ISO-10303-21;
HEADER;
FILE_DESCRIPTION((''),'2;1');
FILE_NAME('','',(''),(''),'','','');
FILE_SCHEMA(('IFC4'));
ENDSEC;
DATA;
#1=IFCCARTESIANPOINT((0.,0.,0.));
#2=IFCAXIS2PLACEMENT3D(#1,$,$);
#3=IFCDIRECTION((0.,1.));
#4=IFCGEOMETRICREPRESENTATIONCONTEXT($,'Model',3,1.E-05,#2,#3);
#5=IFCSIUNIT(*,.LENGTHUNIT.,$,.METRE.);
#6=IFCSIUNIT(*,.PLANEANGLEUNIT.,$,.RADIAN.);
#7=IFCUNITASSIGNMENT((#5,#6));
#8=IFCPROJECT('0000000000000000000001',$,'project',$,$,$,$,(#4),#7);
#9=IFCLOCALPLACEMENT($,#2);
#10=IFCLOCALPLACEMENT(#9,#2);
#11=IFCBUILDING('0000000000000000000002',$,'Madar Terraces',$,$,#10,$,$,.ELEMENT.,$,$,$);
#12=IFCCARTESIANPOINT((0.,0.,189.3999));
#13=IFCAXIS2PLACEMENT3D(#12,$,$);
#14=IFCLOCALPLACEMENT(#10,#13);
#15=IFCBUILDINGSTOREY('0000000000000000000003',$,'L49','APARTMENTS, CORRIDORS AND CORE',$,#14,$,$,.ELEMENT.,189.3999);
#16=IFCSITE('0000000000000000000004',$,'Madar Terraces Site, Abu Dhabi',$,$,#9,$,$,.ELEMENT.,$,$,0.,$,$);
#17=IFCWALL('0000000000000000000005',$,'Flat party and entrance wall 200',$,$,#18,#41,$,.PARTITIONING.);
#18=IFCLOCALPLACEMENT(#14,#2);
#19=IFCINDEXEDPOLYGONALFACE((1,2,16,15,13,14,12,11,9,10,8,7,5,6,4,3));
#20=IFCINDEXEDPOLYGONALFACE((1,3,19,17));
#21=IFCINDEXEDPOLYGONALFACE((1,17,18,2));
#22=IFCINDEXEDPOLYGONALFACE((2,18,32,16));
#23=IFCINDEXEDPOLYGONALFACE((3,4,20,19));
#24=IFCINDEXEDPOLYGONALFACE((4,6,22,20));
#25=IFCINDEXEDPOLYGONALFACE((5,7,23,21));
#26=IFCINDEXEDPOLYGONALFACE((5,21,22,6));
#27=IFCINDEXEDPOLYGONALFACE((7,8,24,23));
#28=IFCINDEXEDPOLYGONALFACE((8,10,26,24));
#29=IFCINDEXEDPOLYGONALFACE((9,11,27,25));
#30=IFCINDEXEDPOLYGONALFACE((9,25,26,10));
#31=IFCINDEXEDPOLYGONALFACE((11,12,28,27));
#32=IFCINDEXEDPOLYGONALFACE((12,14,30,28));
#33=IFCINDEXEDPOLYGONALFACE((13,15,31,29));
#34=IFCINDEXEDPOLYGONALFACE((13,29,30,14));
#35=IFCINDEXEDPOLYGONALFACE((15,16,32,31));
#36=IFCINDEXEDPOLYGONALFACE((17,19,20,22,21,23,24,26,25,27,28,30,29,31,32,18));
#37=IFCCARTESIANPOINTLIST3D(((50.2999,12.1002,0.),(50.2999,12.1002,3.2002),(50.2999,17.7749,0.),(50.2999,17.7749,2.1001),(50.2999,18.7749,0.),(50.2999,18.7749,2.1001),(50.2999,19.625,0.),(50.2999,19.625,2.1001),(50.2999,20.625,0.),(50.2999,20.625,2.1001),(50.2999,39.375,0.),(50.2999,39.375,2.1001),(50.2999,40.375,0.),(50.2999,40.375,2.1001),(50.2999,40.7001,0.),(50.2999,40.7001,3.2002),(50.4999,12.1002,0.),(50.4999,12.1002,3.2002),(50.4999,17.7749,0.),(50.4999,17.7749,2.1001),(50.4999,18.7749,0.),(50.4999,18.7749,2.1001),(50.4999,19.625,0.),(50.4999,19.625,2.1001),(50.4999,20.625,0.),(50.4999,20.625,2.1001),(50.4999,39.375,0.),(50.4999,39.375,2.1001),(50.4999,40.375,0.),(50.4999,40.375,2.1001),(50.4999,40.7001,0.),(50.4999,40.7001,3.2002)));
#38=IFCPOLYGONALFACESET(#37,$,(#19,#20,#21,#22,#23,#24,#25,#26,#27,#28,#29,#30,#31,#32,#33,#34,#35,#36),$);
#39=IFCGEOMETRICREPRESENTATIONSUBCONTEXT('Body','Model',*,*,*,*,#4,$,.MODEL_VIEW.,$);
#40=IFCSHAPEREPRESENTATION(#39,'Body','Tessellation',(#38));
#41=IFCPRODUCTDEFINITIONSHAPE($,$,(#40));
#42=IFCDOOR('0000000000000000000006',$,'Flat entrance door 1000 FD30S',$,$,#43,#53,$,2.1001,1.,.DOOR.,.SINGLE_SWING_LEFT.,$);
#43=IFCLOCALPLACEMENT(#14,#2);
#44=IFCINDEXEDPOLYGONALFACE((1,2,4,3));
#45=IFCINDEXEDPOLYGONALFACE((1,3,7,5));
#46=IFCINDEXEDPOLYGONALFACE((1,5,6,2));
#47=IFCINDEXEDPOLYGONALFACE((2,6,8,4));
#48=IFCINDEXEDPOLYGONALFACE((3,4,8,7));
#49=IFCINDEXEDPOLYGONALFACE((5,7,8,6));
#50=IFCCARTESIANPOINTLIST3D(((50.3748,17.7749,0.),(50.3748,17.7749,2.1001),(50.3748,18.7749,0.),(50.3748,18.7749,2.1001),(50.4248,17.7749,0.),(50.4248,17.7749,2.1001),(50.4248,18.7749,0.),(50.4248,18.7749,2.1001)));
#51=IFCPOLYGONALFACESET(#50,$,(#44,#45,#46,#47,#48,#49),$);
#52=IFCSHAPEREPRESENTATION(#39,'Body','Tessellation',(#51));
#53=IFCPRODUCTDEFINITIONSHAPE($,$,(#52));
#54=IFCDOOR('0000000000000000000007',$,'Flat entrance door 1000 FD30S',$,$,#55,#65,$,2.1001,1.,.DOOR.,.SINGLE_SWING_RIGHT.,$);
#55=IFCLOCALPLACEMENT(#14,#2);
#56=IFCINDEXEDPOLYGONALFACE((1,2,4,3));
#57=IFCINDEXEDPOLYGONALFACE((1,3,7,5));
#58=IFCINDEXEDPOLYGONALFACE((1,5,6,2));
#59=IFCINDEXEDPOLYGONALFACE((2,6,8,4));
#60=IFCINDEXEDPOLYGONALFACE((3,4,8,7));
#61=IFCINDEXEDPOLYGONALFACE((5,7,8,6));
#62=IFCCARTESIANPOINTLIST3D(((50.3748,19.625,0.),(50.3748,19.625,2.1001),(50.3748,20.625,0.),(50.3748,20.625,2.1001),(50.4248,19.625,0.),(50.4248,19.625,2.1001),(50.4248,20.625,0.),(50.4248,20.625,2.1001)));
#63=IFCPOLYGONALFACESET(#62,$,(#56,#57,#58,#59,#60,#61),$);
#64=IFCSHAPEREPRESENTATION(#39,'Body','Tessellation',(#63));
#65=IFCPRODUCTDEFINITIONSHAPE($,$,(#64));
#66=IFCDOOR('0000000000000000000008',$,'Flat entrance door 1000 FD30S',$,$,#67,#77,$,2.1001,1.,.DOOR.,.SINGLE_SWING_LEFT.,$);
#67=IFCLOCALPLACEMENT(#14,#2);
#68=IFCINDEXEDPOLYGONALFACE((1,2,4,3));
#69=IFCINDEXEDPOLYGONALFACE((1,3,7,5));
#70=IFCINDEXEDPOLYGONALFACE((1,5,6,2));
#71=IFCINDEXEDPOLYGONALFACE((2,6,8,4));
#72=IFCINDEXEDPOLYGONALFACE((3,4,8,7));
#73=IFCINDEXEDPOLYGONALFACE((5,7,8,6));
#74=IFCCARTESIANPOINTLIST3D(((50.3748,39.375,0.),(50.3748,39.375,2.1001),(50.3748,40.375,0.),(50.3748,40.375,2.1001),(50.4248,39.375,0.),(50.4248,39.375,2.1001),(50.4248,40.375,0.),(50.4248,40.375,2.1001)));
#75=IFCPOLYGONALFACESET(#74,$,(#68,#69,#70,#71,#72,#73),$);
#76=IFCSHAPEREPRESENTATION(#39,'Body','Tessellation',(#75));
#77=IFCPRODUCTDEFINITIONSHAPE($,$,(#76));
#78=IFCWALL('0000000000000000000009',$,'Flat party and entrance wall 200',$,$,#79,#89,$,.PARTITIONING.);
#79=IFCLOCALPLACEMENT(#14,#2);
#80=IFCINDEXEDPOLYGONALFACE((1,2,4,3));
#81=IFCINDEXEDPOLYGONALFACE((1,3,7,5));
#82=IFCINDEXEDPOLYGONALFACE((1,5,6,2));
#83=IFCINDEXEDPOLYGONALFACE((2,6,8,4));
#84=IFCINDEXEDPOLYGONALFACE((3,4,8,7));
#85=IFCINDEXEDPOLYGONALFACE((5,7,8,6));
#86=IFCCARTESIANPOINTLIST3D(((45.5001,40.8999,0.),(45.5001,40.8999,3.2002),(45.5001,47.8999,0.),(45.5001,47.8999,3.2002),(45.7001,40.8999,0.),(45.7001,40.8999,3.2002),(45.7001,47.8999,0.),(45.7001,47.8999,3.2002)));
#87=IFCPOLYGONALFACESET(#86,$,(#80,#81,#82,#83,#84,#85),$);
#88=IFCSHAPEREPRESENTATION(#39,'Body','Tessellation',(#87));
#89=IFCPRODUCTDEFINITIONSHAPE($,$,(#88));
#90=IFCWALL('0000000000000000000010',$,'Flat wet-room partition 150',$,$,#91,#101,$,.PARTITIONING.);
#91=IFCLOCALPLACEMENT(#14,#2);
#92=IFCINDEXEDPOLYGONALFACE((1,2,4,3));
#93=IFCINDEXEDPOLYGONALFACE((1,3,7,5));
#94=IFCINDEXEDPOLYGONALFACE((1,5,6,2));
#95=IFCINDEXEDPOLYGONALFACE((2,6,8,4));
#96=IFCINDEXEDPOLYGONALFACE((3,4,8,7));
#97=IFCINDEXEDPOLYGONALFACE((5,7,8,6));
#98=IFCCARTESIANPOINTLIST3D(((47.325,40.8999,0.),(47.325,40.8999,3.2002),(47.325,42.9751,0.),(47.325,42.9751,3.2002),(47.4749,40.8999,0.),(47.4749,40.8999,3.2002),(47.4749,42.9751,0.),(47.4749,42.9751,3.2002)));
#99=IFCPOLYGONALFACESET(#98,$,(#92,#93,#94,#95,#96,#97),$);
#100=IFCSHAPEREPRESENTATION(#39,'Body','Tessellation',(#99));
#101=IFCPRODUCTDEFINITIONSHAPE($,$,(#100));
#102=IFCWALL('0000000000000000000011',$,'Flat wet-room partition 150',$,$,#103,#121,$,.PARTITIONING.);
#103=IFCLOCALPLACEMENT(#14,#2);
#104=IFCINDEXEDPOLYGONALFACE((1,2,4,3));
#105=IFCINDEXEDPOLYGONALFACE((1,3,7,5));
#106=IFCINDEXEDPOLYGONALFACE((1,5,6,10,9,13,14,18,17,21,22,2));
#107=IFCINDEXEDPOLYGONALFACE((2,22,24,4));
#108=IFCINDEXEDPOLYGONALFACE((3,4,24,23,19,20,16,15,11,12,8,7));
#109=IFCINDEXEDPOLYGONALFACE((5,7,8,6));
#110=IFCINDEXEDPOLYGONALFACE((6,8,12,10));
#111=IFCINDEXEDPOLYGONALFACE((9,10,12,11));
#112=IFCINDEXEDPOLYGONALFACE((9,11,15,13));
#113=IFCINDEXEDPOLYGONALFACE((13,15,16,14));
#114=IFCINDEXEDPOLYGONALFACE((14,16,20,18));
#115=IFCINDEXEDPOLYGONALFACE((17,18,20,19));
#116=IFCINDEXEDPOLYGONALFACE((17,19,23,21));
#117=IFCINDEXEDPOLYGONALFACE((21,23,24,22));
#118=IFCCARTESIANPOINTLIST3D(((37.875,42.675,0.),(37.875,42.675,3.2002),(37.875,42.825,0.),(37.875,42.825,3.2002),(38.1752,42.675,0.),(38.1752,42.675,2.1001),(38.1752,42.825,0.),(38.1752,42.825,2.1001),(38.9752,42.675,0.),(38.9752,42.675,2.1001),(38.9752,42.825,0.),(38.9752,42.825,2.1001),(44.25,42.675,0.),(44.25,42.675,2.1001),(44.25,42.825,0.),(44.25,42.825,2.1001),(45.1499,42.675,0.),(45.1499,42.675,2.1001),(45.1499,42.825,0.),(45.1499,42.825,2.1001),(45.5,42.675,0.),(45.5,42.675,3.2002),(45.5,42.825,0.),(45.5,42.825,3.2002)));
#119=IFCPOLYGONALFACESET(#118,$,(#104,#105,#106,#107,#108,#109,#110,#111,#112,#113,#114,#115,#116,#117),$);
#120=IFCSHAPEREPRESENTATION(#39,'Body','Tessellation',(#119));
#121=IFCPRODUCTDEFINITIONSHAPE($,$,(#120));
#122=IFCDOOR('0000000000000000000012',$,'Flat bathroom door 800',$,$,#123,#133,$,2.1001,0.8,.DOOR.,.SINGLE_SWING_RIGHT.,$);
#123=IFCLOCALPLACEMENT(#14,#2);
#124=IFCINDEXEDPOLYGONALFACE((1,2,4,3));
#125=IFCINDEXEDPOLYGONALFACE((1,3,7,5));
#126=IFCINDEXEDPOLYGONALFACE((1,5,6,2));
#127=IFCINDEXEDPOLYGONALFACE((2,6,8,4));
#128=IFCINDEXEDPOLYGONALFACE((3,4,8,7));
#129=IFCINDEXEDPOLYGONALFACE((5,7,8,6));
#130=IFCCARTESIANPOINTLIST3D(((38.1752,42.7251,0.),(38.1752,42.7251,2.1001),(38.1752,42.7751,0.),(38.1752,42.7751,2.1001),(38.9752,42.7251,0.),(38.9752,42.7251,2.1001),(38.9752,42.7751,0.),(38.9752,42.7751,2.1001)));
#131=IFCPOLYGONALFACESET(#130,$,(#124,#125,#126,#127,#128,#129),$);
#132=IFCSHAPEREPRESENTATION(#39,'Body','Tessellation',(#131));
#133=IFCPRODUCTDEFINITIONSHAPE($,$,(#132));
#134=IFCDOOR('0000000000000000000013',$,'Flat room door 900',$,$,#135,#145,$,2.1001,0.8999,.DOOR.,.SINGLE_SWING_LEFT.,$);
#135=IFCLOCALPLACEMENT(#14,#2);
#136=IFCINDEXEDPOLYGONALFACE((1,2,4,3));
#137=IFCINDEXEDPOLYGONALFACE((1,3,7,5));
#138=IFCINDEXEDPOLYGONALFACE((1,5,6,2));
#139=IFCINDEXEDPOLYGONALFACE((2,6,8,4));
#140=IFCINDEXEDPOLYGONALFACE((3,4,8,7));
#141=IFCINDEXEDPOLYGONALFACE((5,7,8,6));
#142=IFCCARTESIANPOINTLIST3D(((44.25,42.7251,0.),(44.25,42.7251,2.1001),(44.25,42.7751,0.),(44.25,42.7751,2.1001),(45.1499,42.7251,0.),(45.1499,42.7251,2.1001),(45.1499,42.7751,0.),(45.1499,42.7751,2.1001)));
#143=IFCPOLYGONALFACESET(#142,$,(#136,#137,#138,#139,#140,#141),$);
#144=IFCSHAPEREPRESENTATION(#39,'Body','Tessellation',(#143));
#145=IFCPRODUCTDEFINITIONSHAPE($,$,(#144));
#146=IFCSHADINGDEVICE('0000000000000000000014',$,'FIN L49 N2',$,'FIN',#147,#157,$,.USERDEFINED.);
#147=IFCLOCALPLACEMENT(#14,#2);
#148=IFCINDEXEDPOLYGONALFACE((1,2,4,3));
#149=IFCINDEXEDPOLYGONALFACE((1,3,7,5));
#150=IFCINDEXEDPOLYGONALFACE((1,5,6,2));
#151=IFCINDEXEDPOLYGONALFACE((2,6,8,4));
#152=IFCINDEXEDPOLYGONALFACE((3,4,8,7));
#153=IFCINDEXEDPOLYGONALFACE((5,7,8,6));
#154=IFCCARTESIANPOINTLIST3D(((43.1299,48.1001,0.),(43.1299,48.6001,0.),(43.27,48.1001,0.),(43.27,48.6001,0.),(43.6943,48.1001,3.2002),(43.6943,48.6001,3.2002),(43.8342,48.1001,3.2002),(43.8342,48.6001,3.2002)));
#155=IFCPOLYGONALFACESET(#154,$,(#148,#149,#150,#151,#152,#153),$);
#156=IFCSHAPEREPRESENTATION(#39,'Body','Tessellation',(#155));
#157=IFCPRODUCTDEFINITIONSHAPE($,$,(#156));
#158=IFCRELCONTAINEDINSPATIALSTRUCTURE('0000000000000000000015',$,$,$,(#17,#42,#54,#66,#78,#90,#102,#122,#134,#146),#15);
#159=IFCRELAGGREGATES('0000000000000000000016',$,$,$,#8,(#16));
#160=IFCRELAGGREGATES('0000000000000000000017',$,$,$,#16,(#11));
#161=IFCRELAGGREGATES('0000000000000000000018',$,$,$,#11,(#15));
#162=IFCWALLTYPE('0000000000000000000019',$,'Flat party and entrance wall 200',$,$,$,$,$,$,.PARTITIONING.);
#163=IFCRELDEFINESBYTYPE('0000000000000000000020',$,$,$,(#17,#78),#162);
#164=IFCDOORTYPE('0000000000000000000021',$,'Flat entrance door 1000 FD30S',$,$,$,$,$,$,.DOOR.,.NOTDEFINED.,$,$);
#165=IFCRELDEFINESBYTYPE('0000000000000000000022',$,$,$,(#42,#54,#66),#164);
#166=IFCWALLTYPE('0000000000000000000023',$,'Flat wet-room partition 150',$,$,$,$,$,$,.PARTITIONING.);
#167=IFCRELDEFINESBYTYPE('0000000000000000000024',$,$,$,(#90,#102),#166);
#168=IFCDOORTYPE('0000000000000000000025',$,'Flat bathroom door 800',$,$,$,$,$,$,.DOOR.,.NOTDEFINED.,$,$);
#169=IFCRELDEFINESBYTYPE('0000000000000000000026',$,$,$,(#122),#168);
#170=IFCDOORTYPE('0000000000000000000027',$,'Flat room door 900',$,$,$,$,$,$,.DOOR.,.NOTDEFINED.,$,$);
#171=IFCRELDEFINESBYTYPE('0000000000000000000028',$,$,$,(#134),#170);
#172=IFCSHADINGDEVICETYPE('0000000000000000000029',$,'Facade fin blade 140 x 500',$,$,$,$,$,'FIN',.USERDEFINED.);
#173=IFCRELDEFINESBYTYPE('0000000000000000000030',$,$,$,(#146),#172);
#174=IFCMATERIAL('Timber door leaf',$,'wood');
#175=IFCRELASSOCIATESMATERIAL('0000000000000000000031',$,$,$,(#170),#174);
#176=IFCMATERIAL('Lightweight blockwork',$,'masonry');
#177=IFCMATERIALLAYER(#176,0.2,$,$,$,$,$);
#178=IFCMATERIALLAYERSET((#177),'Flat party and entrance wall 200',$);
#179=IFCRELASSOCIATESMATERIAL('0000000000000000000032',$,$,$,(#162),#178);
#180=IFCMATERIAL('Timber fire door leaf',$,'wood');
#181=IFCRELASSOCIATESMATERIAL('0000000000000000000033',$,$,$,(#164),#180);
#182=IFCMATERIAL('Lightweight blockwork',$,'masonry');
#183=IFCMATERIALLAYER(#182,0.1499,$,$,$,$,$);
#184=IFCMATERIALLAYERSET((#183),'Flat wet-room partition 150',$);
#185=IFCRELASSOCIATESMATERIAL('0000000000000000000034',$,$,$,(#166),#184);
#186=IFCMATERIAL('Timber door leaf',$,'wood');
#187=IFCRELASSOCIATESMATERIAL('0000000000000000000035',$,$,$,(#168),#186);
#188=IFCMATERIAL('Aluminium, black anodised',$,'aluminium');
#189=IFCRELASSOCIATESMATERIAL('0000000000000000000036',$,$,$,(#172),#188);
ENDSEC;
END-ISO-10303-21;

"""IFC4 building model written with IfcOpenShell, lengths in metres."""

from ifc_helpers import new_model, si_unit, direction, frame, frame_2d, origin, place, context, subcontext, project, spatial, polyline, rectangle, outline, extrude, material, layer, layer_set, type_object, element, fill, save


model = new_model("IFC4")

# Units and contexts
model_context = context("Model", 3, precision=1e-05, world=origin(), true_north=direction((0.0, 1.0)))
body_context = subcontext(model_context, "Body", "Model", "MODEL_VIEW")
ifc_project = project(units=[si_unit("LENGTHUNIT", "METRE"), si_unit("PLANEANGLEUNIT", "RADIAN")], contexts=[model_context])

# Site, building, storey
site_placement = place(None, origin())
site = spatial("IfcSite", under=ifc_project, at=site_placement, Name="Madar Terraces Site, Abu Dhabi", CompositionType="ELEMENT", RefElevation=0.0)
building_placement = place(site_placement, origin())
building = spatial("IfcBuilding", under=site, at=building_placement, Name="Madar Terraces", CompositionType="ELEMENT")
storey_placement = place(building_placement, frame((0.0, 0.0, 189.3999)))
storey = spatial("IfcBuildingStorey", under=building, at=storey_placement, Name="L49", Description="APARTMENTS, CORRIDORS AND CORE", CompositionType="ELEMENT", Elevation=189.3999)

# Wall, openings, doors
ifc_material_1 = material(Name="Timber door leaf", Category="wood")
door_type_1 = type_object("IfcDoorType", Name="Flat room door 900", OperationType="NOTDEFINED", PredefinedType="DOOR", material=ifc_material_1)
ifc_material_2 = material(Name="Lightweight blockwork", Category="masonry")
ifc_layer_1 = layer(ifc_material_2, 0.2)
ifc_layer_set_1 = layer_set([ifc_layer_1], Name="Flat party and entrance wall 200")
wall_type_1 = type_object("IfcWallType", Name="Flat party and entrance wall 200", PredefinedType="PARTITIONING", material=ifc_layer_set_1)
wall_1_placement = place(storey_placement, frame((50.3999, 40.7, 0.0), z_axis=(0.0, 0.0, 1.0), x_axis=(0.0, -1.0, 0.0)))
wall_1 = element("IfcWall", 1, at=wall_1_placement, inside=storey, type_object=wall_type_1, Name="Flat party and entrance wall 200", PredefinedType="PARTITIONING", context=body_context, shape_type="SweptSolid", body=[
    extrude(rectangle(XDim=28.5999, YDim=0.2, at=frame_2d((14.2998, 0.0))), origin(), (0.0, 0.0, 1.0), 3.2002),
])
opening_1_placement = place(wall_1_placement, frame((21.925, 0.0, 0.0)))
opening_1 = element("IfcOpeningElement", 2, at=opening_1_placement, cuts=wall_1, PredefinedType="OPENING", context=body_context, shape_type="SweptSolid", body=[
    extrude(rectangle(XDim=1.0, YDim=2.1001, at=frame_2d((0.5, 1.05))), frame((0.0, 0.1099, 0.0), z_axis=(0.0, -1.0, 0.0), x_axis=(1.0, 0.0, 0.0)), (0.0, 0.0, 1.0), 0.22),
])
opening_2_placement = place(wall_1_placement, frame((20.075, 0.0, 0.0)))
opening_2 = element("IfcOpeningElement", 3, at=opening_2_placement, cuts=wall_1, PredefinedType="OPENING", context=body_context, shape_type="SweptSolid", body=[
    extrude(rectangle(XDim=1.0, YDim=2.1001, at=frame_2d((0.5, 1.05))), frame((0.0, 0.1099, 0.0), z_axis=(0.0, -1.0, 0.0), x_axis=(1.0, 0.0, 0.0)), (0.0, 0.0, 1.0), 0.22),
])
opening_3_placement = place(wall_1_placement, frame((0.325, 0.0, 0.0)))
opening_3 = element("IfcOpeningElement", 4, at=opening_3_placement, cuts=wall_1, PredefinedType="OPENING", context=body_context, shape_type="SweptSolid", body=[
    extrude(rectangle(XDim=1.0, YDim=2.1001, at=frame_2d((0.5, 1.05))), frame((0.0, 0.1099, 0.0), z_axis=(0.0, -1.0, 0.0), x_axis=(1.0, 0.0, 0.0)), (0.0, 0.0, 1.0), 0.22),
])
ifc_material_3 = material(Name="Timber fire door leaf", Category="wood")
door_type_2 = type_object("IfcDoorType", Name="Flat entrance door 1000 FD30S", OperationType="NOTDEFINED", PredefinedType="DOOR", material=ifc_material_3)
door_1_placement = place(opening_1_placement, origin())
door_1 = element("IfcDoor", 5, at=door_1_placement, inside=storey, type_object=door_type_2, Name="Flat entrance door 1000 FD30S", OperationType="SINGLE_SWING_LEFT", OverallHeight=2.1001, OverallWidth=1.0, PredefinedType="DOOR", context=body_context, shape_type="SweptSolid", body=[
    extrude(rectangle(XDim=1.0, YDim=2.1001, at=frame_2d((0.5, 1.05))), frame((0.0, 0.0249, 0.0), z_axis=(0.0, -1.0, 0.0), x_axis=(1.0, 0.0, 0.0)), (0.0, 0.0, 1.0), 0.05),
])
fill(opening_1, door_1)
door_2_placement = place(opening_2_placement, origin())
door_2 = element("IfcDoor", 6, at=door_2_placement, inside=storey, type_object=door_type_2, Name="Flat entrance door 1000 FD30S", OperationType="SINGLE_SWING_RIGHT", OverallHeight=2.1001, OverallWidth=1.0, PredefinedType="DOOR", context=body_context, shape_type="SweptSolid", body=[
    extrude(rectangle(XDim=1.0, YDim=2.1001, at=frame_2d((0.5, 1.05))), frame((0.0, 0.0249, 0.0), z_axis=(0.0, -1.0, 0.0), x_axis=(1.0, 0.0, 0.0)), (0.0, 0.0, 1.0), 0.05),
])
fill(opening_2, door_2)
door_3_placement = place(opening_3_placement, origin())
door_3 = element("IfcDoor", 7, at=door_3_placement, inside=storey, type_object=door_type_2, Name="Flat entrance door 1000 FD30S", OperationType="SINGLE_SWING_LEFT", OverallHeight=2.1001, OverallWidth=1.0, PredefinedType="DOOR", context=body_context, shape_type="SweptSolid", body=[
    extrude(rectangle(XDim=1.0, YDim=2.1001, at=frame_2d((0.5, 1.05))), frame((0.0, 0.0249, 0.0), z_axis=(0.0, -1.0, 0.0), x_axis=(1.0, 0.0, 0.0)), (0.0, 0.0, 1.0), 0.05),
])
fill(opening_3, door_3)

# Walls
wall_2_placement = place(storey_placement, frame((45.6001, 47.8999, 0.0), z_axis=(0.0, 0.0, 1.0), x_axis=(0.0, -1.0, 0.0)))
element("IfcWall", 8, at=wall_2_placement, inside=storey, type_object=wall_type_1, Name="Flat party and entrance wall 200", PredefinedType="PARTITIONING", context=body_context, shape_type="SweptSolid", body=[
    extrude(rectangle(XDim=7.0, YDim=0.2, at=frame_2d((3.5, 0.0))), origin(), (0.0, 0.0, 1.0), 3.2002),
])
ifc_material_4 = material(Name="Lightweight blockwork", Category="masonry")
ifc_layer_2 = layer(ifc_material_4, 0.1499)
ifc_layer_set_2 = layer_set([ifc_layer_2], Name="Flat wet-room partition 150")
wall_type_2 = type_object("IfcWallType", Name="Flat wet-room partition 150", PredefinedType="PARTITIONING", material=ifc_layer_set_2)
wall_3_placement = place(storey_placement, frame((47.3999, 40.8999, 0.0), z_axis=(0.0, 0.0, 1.0), x_axis=(0.0, 1.0, 0.0)))
element("IfcWall", 9, at=wall_3_placement, inside=storey, type_object=wall_type_2, Name="Flat wet-room partition 150", PredefinedType="PARTITIONING", context=body_context, shape_type="SweptSolid", body=[
    extrude(rectangle(XDim=2.0752, YDim=0.1499, at=frame_2d((1.0376, 0.0))), origin(), (0.0, 0.0, 1.0), 3.2002),
])

# Wall, openings, doors
wall_4_placement = place(storey_placement, frame((45.5, 42.75, 0.0), z_axis=(0.0, 0.0, 1.0), x_axis=(-1.0, 0.0, 0.0)))
wall_4 = element("IfcWall", 10, at=wall_4_placement, inside=storey, type_object=wall_type_2, Name="Flat wet-room partition 150", PredefinedType="PARTITIONING", context=body_context, shape_type="SweptSolid", body=[
    extrude(rectangle(XDim=7.625, YDim=0.1499, at=frame_2d((3.8125, 0.0))), origin(), (0.0, 0.0, 1.0), 3.2002),
])
opening_4_placement = place(wall_4_placement, frame((6.5249, 0.0, 0.0)))
opening_4 = element("IfcOpeningElement", 11, at=opening_4_placement, cuts=wall_4, PredefinedType="OPENING", context=body_context, shape_type="SweptSolid", body=[
    extrude(rectangle(XDim=0.8, YDim=2.1001, at=frame_2d((0.3999, 1.05))), frame((0.0, 0.085, 0.0), z_axis=(0.0, -1.0, 0.0), x_axis=(1.0, 0.0, 0.0)), (0.0, 0.0, 1.0), 0.1699),
])
opening_5_placement = place(wall_4_placement, frame((0.3501, 0.0, 0.0)))
opening_5 = element("IfcOpeningElement", 12, at=opening_5_placement, cuts=wall_4, PredefinedType="OPENING", context=body_context, shape_type="SweptSolid", body=[
    extrude(rectangle(XDim=0.8999, YDim=2.1001, at=frame_2d((0.45, 1.05))), frame((0.0, 0.085, 0.0), z_axis=(0.0, -1.0, 0.0), x_axis=(1.0, 0.0, 0.0)), (0.0, 0.0, 1.0), 0.1699),
])
ifc_material_5 = material(Name="Timber door leaf", Category="wood")
door_type_3 = type_object("IfcDoorType", Name="Flat bathroom door 800", OperationType="NOTDEFINED", PredefinedType="DOOR", material=ifc_material_5)
door_4_placement = place(opening_4_placement, origin())
door_4 = element("IfcDoor", 13, at=door_4_placement, inside=storey, type_object=door_type_3, Name="Flat bathroom door 800", OperationType="SINGLE_SWING_RIGHT", OverallHeight=2.1001, OverallWidth=0.8, PredefinedType="DOOR", context=body_context, shape_type="SweptSolid", body=[
    extrude(rectangle(XDim=0.8, YDim=2.1001, at=frame_2d((0.3999, 1.05))), frame((0.0, 0.0249, 0.0), z_axis=(0.0, -1.0, 0.0), x_axis=(1.0, 0.0, 0.0)), (0.0, 0.0, 1.0), 0.05),
])
fill(opening_4, door_4)
door_5_placement = place(opening_5_placement, origin())
door_5 = element("IfcDoor", 14, at=door_5_placement, inside=storey, type_object=door_type_1, Name="Flat room door 900", OperationType="SINGLE_SWING_LEFT", OverallHeight=2.1001, OverallWidth=0.8999, PredefinedType="DOOR", context=body_context, shape_type="SweptSolid", body=[
    extrude(rectangle(XDim=0.8999, YDim=2.1001, at=frame_2d((0.45, 1.05))), frame((0.0, 0.0249, 0.0), z_axis=(0.0, -1.0, 0.0), x_axis=(1.0, 0.0, 0.0)), (0.0, 0.0, 1.0), 0.05),
])
fill(opening_5, door_5)

# Shading device
ifc_material_6 = material(Name="Aluminium, black anodised", Category="aluminium")
shading_device_type = type_object("IfcShadingDeviceType", Name="Facade fin blade 140 x 500", ElementType="FIN", PredefinedType="USERDEFINED", material=ifc_material_6)
shading_device_placement = place(storey_placement, frame((43.27, 48.3501, 0.0), z_axis=(0.0, 0.0, 1.0), x_axis=(-1.0, 0.0, 0.0)))
element("IfcShadingDevice", 15, at=shading_device_placement, inside=storey, type_object=shading_device_type, Name="FIN L49 N2", ObjectType="FIN", PredefinedType="USERDEFINED", context=body_context, shape_type="SweptSolid", body=[
    extrude(outline(polyline([(0.0, 0.0), (0.1401, 0.0), (-0.4243, 3.2002), (-0.5642, 3.2002), (0.0, 0.0)])), frame((0.0, 0.25, 0.0), z_axis=(0.0, -1.0, 0.0), x_axis=(1.0, 0.0, 0.0)), (0.0, 0.0, 1.0), 0.5),
])

save(model, "model.ifc")
